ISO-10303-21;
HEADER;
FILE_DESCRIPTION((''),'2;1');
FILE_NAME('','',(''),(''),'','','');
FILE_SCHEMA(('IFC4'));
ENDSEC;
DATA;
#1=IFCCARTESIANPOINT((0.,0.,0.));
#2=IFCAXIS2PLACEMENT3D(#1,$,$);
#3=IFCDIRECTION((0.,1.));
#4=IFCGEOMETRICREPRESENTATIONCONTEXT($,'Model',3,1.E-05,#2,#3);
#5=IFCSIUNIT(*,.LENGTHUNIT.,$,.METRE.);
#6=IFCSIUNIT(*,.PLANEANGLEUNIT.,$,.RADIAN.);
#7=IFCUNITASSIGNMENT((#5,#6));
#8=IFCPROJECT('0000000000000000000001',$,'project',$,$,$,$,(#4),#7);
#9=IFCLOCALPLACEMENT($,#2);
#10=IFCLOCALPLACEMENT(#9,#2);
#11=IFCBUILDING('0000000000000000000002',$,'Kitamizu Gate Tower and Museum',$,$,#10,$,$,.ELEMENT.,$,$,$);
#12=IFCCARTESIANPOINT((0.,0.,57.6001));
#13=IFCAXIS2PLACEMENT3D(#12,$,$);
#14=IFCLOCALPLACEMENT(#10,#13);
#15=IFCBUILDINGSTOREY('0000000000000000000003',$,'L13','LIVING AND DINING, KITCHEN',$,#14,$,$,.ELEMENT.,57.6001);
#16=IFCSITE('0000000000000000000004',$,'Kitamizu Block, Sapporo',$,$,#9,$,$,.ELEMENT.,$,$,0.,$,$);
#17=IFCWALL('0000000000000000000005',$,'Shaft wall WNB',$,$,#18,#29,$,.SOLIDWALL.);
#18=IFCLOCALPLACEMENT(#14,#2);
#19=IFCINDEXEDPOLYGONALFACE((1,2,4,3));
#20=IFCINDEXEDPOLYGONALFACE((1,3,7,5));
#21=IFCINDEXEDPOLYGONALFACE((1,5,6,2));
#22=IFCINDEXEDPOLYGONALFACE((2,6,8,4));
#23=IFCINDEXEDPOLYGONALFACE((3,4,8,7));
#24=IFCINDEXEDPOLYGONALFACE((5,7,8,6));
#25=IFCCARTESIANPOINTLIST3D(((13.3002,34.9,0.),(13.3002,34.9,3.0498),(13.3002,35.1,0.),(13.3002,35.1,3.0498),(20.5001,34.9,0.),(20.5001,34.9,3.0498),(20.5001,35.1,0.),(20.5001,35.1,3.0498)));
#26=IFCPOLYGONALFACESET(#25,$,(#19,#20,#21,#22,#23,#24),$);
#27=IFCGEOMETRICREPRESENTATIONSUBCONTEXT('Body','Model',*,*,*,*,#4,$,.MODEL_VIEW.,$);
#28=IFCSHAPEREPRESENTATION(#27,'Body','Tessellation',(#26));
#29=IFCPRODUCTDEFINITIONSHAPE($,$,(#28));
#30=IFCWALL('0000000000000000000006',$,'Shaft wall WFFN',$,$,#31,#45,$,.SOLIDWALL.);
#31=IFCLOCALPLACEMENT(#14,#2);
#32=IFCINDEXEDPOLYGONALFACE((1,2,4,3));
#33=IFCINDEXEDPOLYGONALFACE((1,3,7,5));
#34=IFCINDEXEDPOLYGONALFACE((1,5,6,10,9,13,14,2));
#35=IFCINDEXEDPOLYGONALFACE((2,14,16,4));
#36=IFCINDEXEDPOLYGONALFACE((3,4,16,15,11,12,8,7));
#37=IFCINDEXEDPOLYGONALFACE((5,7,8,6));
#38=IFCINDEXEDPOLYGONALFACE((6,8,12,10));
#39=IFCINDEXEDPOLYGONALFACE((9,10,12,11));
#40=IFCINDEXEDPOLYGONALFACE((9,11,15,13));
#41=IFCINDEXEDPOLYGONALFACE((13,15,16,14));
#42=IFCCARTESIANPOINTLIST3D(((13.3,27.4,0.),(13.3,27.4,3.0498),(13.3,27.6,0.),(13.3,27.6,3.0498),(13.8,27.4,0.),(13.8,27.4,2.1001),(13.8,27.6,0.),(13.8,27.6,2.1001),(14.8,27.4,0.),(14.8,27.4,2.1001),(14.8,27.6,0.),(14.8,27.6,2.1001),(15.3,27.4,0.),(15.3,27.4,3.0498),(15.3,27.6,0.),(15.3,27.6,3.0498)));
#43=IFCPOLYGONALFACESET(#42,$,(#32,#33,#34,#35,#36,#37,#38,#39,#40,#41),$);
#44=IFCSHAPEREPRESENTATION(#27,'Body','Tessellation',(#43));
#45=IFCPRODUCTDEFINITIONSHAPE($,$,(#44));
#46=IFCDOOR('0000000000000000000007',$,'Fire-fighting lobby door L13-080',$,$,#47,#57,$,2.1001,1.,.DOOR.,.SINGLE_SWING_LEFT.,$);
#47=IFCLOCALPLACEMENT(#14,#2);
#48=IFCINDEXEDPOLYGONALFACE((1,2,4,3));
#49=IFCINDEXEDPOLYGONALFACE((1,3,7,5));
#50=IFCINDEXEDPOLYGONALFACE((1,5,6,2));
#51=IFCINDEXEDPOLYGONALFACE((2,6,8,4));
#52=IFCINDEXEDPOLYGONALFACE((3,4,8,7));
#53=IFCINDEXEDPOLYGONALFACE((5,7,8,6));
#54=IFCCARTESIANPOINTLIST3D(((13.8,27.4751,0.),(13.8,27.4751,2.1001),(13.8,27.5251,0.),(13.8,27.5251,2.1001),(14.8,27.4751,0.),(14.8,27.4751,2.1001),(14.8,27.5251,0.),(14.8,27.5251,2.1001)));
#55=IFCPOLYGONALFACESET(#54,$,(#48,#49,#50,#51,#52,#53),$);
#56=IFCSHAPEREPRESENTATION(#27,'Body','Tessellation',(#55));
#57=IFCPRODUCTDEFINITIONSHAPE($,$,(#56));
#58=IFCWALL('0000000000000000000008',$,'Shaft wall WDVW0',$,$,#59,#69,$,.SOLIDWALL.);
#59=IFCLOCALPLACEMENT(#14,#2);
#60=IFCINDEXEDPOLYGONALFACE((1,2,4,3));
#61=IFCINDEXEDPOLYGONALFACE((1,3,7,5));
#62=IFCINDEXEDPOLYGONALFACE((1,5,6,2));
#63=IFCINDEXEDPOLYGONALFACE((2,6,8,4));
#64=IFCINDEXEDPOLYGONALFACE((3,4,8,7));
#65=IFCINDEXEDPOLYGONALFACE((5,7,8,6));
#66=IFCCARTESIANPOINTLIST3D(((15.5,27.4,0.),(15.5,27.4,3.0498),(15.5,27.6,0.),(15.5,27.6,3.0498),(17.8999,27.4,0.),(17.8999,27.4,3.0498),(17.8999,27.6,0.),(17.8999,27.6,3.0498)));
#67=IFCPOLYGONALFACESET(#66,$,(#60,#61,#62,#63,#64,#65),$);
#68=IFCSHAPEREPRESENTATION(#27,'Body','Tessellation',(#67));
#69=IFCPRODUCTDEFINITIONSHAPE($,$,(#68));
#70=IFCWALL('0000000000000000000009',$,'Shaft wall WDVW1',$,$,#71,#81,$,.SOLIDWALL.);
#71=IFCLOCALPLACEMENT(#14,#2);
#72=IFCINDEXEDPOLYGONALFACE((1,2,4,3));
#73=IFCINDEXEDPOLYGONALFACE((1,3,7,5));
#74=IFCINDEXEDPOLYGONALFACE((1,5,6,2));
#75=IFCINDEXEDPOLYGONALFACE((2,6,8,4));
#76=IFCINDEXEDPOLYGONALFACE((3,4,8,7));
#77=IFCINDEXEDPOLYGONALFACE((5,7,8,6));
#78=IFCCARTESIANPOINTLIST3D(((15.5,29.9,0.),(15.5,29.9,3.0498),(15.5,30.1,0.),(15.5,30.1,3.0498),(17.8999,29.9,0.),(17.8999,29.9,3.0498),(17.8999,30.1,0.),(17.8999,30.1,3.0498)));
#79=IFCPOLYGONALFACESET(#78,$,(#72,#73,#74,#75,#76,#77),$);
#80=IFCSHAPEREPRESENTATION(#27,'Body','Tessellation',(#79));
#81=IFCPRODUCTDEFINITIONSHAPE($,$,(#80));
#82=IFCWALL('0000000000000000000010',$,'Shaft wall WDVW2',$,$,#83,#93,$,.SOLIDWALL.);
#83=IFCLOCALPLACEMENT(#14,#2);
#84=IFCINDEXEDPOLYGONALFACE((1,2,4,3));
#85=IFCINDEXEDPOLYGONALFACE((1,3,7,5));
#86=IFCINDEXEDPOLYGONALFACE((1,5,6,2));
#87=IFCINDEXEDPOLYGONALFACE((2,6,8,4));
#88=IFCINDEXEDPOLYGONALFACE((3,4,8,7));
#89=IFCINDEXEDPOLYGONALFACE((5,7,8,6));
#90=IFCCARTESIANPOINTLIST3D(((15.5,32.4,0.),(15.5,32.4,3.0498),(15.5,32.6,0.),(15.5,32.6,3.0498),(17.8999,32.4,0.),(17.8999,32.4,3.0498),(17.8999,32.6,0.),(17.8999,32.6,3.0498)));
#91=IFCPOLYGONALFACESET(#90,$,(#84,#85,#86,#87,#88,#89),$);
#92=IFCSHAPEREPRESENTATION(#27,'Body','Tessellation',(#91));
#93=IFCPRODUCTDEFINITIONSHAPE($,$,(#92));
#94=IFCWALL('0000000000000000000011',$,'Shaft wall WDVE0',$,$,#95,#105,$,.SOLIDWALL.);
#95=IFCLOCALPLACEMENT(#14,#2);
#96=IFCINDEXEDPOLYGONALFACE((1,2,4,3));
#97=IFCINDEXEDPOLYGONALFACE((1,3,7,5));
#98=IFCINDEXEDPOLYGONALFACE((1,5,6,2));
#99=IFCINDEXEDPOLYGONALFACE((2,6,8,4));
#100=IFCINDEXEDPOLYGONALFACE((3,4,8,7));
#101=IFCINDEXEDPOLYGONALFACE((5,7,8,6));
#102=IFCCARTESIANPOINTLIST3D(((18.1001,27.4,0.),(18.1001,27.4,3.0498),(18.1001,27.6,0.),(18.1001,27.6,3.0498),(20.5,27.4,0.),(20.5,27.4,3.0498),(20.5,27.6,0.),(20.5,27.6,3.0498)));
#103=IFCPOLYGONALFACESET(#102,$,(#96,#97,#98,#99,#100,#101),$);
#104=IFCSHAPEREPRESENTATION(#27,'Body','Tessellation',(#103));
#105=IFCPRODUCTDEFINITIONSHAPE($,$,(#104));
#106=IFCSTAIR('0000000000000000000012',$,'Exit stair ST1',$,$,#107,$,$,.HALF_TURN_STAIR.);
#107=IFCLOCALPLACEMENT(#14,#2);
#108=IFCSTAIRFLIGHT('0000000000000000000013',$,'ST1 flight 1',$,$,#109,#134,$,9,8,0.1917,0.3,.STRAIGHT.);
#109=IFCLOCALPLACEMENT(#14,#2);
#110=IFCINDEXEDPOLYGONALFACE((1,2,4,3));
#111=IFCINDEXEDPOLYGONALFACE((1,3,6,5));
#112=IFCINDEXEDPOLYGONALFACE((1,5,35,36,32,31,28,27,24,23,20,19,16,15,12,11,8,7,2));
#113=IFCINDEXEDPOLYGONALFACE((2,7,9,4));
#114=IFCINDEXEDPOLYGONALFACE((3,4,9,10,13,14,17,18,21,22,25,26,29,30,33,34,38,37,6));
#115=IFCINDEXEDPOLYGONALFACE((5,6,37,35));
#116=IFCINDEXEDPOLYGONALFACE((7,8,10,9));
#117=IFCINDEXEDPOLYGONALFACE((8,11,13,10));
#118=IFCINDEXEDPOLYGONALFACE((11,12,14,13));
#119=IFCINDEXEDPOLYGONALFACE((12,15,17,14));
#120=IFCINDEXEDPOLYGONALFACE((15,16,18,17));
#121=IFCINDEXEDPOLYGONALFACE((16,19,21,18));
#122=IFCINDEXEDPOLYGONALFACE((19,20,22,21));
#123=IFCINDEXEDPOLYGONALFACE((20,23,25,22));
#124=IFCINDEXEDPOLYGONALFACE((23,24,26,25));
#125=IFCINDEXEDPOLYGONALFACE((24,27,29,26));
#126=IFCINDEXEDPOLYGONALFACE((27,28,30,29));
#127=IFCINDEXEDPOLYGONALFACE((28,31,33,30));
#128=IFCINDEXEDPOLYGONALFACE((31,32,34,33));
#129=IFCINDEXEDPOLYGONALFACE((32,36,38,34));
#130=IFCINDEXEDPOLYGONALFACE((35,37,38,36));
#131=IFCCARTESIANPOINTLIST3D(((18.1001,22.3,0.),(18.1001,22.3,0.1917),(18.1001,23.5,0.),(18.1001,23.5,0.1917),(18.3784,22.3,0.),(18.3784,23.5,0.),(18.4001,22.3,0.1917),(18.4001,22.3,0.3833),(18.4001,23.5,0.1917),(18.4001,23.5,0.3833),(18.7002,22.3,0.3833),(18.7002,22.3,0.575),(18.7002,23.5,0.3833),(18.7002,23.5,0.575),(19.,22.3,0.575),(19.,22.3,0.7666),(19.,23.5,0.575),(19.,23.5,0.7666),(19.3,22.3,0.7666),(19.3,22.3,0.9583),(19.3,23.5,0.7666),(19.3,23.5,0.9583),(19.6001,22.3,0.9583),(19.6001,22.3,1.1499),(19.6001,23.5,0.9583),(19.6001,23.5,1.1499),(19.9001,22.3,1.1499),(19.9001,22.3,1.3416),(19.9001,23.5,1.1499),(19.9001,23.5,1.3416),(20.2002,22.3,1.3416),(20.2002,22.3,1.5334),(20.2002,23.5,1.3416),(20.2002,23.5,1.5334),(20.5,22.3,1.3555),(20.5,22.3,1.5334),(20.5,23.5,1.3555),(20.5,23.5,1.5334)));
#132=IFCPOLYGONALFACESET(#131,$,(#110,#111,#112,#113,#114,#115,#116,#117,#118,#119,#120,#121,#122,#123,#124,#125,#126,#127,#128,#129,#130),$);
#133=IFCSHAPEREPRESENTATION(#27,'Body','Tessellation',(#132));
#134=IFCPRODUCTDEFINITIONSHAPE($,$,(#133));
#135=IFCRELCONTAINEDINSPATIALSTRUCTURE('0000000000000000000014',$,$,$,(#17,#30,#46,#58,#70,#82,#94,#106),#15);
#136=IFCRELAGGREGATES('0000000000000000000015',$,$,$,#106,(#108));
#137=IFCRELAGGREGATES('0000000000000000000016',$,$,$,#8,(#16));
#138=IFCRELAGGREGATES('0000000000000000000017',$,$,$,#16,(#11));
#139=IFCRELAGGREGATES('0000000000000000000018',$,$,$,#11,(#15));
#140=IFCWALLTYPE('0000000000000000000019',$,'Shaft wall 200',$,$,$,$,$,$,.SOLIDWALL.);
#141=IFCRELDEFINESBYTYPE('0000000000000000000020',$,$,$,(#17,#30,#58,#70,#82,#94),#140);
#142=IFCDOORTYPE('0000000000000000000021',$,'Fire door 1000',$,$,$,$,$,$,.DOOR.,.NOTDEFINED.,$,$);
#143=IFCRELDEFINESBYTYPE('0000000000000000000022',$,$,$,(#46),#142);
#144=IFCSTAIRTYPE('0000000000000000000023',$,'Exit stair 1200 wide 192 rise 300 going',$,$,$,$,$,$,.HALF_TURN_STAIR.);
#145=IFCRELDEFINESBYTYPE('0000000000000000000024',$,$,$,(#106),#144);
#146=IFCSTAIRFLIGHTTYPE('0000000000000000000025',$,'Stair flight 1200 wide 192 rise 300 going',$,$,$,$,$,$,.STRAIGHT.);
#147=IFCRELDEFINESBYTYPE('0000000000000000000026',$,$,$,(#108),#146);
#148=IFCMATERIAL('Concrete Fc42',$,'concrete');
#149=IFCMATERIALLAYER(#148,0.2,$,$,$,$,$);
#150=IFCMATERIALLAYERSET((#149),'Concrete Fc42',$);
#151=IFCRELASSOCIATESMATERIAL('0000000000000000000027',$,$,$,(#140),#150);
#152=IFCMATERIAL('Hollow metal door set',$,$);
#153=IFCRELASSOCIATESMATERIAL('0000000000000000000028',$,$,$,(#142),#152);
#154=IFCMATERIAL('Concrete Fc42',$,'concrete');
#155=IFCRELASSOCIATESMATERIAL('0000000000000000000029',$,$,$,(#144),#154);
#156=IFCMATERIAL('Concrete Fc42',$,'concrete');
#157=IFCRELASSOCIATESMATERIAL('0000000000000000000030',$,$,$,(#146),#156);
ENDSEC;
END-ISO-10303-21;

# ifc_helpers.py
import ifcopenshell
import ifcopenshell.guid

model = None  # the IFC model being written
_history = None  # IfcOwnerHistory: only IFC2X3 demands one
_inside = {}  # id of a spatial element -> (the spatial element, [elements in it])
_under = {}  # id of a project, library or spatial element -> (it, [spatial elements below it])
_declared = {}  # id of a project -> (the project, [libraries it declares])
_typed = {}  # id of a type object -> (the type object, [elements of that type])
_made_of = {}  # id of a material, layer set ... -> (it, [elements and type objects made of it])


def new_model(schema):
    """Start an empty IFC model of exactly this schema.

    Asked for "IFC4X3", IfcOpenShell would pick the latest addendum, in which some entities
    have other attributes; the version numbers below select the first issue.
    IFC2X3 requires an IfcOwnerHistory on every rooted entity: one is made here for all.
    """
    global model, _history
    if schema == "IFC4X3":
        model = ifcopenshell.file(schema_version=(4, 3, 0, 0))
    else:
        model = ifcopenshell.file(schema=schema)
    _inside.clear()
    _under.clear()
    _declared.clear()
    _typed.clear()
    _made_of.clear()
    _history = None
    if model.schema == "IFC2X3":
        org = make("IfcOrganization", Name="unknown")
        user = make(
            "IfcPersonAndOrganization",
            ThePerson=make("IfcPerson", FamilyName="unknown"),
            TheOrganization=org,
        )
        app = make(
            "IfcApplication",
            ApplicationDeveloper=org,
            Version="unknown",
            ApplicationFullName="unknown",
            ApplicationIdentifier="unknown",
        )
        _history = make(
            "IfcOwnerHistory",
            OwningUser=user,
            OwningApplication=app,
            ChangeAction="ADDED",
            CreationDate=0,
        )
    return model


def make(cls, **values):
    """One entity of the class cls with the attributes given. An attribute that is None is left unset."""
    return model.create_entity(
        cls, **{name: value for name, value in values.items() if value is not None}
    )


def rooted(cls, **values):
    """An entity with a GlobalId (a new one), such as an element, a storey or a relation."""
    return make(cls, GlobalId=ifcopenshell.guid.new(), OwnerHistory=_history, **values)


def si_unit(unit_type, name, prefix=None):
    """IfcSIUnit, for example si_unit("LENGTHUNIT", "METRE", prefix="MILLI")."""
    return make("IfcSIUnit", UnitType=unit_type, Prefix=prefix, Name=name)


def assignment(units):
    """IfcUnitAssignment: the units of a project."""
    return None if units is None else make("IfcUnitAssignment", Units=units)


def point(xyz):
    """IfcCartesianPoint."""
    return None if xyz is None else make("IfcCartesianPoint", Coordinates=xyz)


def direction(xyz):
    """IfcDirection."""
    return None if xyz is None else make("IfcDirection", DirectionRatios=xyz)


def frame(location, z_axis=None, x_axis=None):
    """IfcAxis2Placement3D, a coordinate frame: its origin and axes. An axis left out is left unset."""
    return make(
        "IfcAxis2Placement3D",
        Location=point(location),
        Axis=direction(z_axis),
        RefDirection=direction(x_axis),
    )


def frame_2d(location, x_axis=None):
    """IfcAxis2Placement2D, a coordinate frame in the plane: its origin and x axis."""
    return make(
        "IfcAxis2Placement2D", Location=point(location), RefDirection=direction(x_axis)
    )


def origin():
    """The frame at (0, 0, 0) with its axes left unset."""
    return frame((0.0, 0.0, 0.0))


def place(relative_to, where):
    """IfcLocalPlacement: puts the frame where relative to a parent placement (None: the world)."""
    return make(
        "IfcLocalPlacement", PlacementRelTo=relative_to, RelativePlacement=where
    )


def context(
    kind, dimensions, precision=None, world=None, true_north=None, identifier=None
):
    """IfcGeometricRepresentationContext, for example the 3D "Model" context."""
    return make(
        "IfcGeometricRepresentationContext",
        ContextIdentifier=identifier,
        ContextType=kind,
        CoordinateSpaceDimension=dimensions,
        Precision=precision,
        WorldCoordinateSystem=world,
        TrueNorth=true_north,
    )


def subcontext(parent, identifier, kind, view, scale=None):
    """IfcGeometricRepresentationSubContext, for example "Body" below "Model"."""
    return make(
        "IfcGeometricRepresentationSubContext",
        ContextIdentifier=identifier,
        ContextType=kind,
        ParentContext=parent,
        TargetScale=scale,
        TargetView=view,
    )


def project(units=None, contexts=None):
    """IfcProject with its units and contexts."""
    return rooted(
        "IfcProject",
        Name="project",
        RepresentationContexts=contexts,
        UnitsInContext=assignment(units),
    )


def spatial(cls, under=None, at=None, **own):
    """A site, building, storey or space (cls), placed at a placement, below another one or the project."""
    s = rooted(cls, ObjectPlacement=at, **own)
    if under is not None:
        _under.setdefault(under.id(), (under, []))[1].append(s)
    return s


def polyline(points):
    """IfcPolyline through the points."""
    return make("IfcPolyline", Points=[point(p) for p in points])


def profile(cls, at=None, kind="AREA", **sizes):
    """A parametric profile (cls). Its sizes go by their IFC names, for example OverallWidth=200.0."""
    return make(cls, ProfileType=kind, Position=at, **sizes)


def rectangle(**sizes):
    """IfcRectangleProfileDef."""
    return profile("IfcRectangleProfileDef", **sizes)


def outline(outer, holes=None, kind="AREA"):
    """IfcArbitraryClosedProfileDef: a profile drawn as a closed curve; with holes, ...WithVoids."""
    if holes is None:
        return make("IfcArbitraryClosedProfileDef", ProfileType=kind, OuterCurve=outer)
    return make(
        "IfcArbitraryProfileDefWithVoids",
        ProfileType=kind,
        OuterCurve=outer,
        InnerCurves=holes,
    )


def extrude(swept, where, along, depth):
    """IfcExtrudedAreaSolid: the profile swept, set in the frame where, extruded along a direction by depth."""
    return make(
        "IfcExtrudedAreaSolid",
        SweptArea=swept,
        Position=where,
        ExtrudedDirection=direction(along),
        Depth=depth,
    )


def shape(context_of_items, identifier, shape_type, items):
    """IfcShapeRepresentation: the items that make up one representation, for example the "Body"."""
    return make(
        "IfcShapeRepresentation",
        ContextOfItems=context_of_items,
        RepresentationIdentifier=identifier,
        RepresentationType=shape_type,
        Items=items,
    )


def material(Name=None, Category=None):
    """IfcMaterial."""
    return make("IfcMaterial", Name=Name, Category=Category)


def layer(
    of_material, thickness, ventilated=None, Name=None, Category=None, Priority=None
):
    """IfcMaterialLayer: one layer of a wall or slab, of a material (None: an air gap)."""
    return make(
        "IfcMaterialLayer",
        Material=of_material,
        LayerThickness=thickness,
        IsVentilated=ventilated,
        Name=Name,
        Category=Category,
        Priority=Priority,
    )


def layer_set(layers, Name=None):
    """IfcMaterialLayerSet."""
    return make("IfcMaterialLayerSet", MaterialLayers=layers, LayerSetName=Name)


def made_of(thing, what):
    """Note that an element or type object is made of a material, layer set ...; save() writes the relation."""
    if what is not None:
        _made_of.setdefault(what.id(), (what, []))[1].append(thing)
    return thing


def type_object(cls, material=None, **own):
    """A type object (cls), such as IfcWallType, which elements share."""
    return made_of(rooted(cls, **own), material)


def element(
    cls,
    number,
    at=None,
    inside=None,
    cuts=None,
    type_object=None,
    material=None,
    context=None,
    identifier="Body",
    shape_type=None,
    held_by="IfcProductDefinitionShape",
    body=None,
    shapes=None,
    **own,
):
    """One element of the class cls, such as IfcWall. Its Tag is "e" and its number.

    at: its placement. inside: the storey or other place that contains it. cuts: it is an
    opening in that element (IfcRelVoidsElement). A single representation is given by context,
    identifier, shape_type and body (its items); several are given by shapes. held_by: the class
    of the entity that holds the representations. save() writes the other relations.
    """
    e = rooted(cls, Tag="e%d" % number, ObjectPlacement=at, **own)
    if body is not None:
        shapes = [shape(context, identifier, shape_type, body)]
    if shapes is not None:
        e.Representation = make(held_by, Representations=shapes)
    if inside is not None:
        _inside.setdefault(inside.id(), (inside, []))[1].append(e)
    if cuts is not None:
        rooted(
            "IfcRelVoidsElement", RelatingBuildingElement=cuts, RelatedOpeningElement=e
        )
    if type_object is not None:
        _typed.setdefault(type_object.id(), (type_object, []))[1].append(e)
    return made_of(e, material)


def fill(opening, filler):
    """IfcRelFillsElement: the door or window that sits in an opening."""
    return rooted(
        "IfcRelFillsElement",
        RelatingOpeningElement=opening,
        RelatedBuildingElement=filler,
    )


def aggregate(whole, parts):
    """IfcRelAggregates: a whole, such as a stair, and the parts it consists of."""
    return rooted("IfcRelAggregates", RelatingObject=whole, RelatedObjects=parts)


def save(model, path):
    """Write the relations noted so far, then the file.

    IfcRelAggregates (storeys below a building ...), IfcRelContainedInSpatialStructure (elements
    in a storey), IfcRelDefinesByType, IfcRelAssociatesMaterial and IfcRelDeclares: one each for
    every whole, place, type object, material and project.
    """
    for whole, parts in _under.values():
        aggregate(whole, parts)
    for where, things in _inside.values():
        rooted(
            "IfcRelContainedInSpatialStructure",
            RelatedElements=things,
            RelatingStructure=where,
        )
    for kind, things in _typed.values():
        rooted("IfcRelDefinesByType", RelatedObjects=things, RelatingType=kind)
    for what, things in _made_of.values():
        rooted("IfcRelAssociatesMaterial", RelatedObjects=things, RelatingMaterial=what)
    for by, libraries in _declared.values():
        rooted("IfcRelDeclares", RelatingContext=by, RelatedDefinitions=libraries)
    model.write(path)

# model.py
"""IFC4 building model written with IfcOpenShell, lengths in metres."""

from ifc_helpers import new_model, si_unit, direction, frame, frame_2d, origin, place, context, subcontext, project, spatial, polyline, rectangle, outline, extrude, material, layer, layer_set, type_object, element, fill, aggregate, save


model = new_model("IFC4")

# Units and contexts
model_context = context("Model", 3, precision=1e-05, world=origin(), true_north=direction((0.0, 1.0)))
body_context = subcontext(model_context, "Body", "Model", "MODEL_VIEW")
ifc_project = project(units=[si_unit("LENGTHUNIT", "METRE"), si_unit("PLANEANGLEUNIT", "RADIAN")], contexts=[model_context])

# Site, building, storey
site_placement = place(None, origin())
site = spatial("IfcSite", under=ifc_project, at=site_placement, Name="Kitamizu Block, Sapporo", CompositionType="ELEMENT", RefElevation=0.0)
building_placement = place(site_placement, origin())
building = spatial("IfcBuilding", under=site, at=building_placement, Name="Kitamizu Gate Tower and Museum", CompositionType="ELEMENT")
storey_placement = place(building_placement, frame((0.0, 0.0, 57.6001)))
storey = spatial("IfcBuildingStorey", under=building, at=storey_placement, Name="L13", Description="LIVING AND DINING, KITCHEN", CompositionType="ELEMENT", Elevation=57.6001)

# Wall
ifc_material_1 = material(Name="Concrete Fc42", Category="concrete")
ifc_layer_1 = layer(ifc_material_1, 0.2)
ifc_layer_set_1 = layer_set([ifc_layer_1], Name="Concrete Fc42")
wall_type_1 = type_object("IfcWallType", Name="Shaft wall 200", PredefinedType="SOLIDWALL", material=ifc_layer_set_1)
for number, where, z_axis, x_axis, name in (
    (1, (13.3, 35.0, 0.0), (0.0, 0.0, 1.0), (1.0, 0.0, 0.0), "Shaft wall WNB"),
):
    element("IfcWall", number, at=place(storey_placement, frame(where, z_axis=z_axis, x_axis=x_axis)), inside=storey, type_object=wall_type_1, Name=name, PredefinedType="SOLIDWALL", context=body_context, shape_type="SweptSolid", body=[
        extrude(rectangle(XDim=7.2, YDim=0.2, at=frame_2d((3.6001, 0.0))), origin(), (0.0, 0.0, 1.0), 3.0498),
    ])

# Wall, opening, door
wall_1_placement = place(storey_placement, frame((13.3, 27.5, 0.0), z_axis=(0.0, 0.0, 1.0), x_axis=(1.0, 0.0, 0.0)))
wall_1 = element("IfcWall", 2, at=wall_1_placement, inside=storey, type_object=wall_type_1, Name="Shaft wall WFFN", PredefinedType="SOLIDWALL", context=body_context, shape_type="SweptSolid", body=[
    extrude(rectangle(XDim=2.0, YDim=0.2, at=frame_2d((1.0, 0.0))), origin(), (0.0, 0.0, 1.0), 3.0498),
])
opening_1_placement = place(wall_1_placement, frame((0.5, 0.0, 0.0)))
opening_1 = element("IfcOpeningElement", 3, at=opening_1_placement, cuts=wall_1, PredefinedType="OPENING", context=body_context, shape_type="SweptSolid", body=[
    extrude(rectangle(XDim=1.0, YDim=2.1001, at=frame_2d((0.5, 1.05))), frame((0.0, 0.1099, 0.0), z_axis=(0.0, -1.0, 0.0), x_axis=(1.0, 0.0, 0.0)), (0.0, 0.0, 1.0), 0.22),
])
ifc_material_2 = material(Name="Hollow metal door set")
door_type_1 = type_object("IfcDoorType", Name="Fire door 1000", OperationType="NOTDEFINED", PredefinedType="DOOR", material=ifc_material_2)
door_1_placement = place(opening_1_placement, frame((1.0, 0.0, 0.0), x_axis=(-1.0, 0.0, 0.0)))
door_1 = element("IfcDoor", 4, at=door_1_placement, inside=storey, type_object=door_type_1, Name="Fire-fighting lobby door L13-080", OperationType="SINGLE_SWING_LEFT", OverallHeight=2.1001, OverallWidth=1.0, PredefinedType="DOOR", context=body_context, shape_type="SweptSolid", body=[
    extrude(rectangle(XDim=1.0, YDim=2.1001, at=frame_2d((0.5, 1.05))), frame((0.0, 0.0249, 0.0), z_axis=(0.0, -1.0, 0.0), x_axis=(1.0, 0.0, 0.0)), (0.0, 0.0, 1.0), 0.05),
])
fill(opening_1, door_1)

# Walls
for number, where, z_axis, x_axis, name in (
    (5, (15.5, 27.5, 0.0), (0.0, 0.0, 1.0), (1.0, 0.0, 0.0), "Shaft wall WDVW0"),
    (6, (15.5, 30.0, 0.0), (0.0, 0.0, 1.0), (1.0, 0.0, 0.0), "Shaft wall WDVW1"),
    (7, (15.5, 32.5, 0.0), (0.0, 0.0, 1.0), (1.0, 0.0, 0.0), "Shaft wall WDVW2"),
    (8, (18.1001, 27.5, 0.0), (0.0, 0.0, 1.0), (1.0, 0.0, 0.0), "Shaft wall WDVE0"),
):
    element("IfcWall", number, at=place(storey_placement, frame(where, z_axis=z_axis, x_axis=x_axis)), inside=storey, type_object=wall_type_1, Name=name, PredefinedType="SOLIDWALL", context=body_context, shape_type="SweptSolid", body=[
        extrude(rectangle(XDim=2.3999, YDim=0.2, at=frame_2d((1.2, 0.0))), origin(), (0.0, 0.0, 1.0), 3.0498),
    ])

# Stair, stair flight
ifc_material_3 = material(Name="Concrete Fc42", Category="concrete")
stair_type = type_object("IfcStairType", Name="Exit stair 1200 wide 192 rise 300 going", PredefinedType="HALF_TURN_STAIR", material=ifc_material_3)
stair_placement = place(storey_placement, origin())
stair = element("IfcStair", 9, at=stair_placement, inside=storey, type_object=stair_type, Name="Exit stair ST1", PredefinedType="HALF_TURN_STAIR")
ifc_material_4 = material(Name="Concrete Fc42", Category="concrete")
stair_flight_type = type_object("IfcStairFlightType", Name="Stair flight 1200 wide 192 rise 300 going", PredefinedType="STRAIGHT", material=ifc_material_4)
stair_flight_placement = place(storey_placement, frame((18.1001, 22.8999, 0.0), z_axis=(0.0, 0.0, 1.0), x_axis=(1.0, 0.0, 0.0)))
stair_flight = element("IfcStairFlight", 10, at=stair_flight_placement, type_object=stair_flight_type, Name="ST1 flight 1", NumberOfRisers=9, NumberOfTreads=8, PredefinedType="STRAIGHT", RiserHeight=0.1917, TreadLength=0.3, context=body_context, shape_type="SweptSolid", body=[
    extrude(outline(polyline([(0.0, 0.0), (0.0, 0.1917), (0.3, 0.1917), (0.3, 0.3833), (0.6001, 0.3833), (0.6001, 0.575), (0.8999, 0.575), (0.8999, 0.7666), (1.2, 0.7666), (1.2, 0.9583), (1.5, 0.9583), (1.5, 1.1499), (1.8, 1.1499), (1.8, 1.3416), (2.1001, 1.3416), (2.1001, 1.5334), (2.3999, 1.5334), (2.3999, 1.7251), (2.3999, 1.3555), (0.2783, 0.0), (0.0, 0.0)])), frame((0.0, 0.6001, 0.0), z_axis=(0.0, -1.0, 0.0), x_axis=(1.0, 0.0, 0.0)), (0.0, 0.0, 1.0), 1.2),
])
aggregate(stair, [stair_flight])

save(model, "model.ifc")
